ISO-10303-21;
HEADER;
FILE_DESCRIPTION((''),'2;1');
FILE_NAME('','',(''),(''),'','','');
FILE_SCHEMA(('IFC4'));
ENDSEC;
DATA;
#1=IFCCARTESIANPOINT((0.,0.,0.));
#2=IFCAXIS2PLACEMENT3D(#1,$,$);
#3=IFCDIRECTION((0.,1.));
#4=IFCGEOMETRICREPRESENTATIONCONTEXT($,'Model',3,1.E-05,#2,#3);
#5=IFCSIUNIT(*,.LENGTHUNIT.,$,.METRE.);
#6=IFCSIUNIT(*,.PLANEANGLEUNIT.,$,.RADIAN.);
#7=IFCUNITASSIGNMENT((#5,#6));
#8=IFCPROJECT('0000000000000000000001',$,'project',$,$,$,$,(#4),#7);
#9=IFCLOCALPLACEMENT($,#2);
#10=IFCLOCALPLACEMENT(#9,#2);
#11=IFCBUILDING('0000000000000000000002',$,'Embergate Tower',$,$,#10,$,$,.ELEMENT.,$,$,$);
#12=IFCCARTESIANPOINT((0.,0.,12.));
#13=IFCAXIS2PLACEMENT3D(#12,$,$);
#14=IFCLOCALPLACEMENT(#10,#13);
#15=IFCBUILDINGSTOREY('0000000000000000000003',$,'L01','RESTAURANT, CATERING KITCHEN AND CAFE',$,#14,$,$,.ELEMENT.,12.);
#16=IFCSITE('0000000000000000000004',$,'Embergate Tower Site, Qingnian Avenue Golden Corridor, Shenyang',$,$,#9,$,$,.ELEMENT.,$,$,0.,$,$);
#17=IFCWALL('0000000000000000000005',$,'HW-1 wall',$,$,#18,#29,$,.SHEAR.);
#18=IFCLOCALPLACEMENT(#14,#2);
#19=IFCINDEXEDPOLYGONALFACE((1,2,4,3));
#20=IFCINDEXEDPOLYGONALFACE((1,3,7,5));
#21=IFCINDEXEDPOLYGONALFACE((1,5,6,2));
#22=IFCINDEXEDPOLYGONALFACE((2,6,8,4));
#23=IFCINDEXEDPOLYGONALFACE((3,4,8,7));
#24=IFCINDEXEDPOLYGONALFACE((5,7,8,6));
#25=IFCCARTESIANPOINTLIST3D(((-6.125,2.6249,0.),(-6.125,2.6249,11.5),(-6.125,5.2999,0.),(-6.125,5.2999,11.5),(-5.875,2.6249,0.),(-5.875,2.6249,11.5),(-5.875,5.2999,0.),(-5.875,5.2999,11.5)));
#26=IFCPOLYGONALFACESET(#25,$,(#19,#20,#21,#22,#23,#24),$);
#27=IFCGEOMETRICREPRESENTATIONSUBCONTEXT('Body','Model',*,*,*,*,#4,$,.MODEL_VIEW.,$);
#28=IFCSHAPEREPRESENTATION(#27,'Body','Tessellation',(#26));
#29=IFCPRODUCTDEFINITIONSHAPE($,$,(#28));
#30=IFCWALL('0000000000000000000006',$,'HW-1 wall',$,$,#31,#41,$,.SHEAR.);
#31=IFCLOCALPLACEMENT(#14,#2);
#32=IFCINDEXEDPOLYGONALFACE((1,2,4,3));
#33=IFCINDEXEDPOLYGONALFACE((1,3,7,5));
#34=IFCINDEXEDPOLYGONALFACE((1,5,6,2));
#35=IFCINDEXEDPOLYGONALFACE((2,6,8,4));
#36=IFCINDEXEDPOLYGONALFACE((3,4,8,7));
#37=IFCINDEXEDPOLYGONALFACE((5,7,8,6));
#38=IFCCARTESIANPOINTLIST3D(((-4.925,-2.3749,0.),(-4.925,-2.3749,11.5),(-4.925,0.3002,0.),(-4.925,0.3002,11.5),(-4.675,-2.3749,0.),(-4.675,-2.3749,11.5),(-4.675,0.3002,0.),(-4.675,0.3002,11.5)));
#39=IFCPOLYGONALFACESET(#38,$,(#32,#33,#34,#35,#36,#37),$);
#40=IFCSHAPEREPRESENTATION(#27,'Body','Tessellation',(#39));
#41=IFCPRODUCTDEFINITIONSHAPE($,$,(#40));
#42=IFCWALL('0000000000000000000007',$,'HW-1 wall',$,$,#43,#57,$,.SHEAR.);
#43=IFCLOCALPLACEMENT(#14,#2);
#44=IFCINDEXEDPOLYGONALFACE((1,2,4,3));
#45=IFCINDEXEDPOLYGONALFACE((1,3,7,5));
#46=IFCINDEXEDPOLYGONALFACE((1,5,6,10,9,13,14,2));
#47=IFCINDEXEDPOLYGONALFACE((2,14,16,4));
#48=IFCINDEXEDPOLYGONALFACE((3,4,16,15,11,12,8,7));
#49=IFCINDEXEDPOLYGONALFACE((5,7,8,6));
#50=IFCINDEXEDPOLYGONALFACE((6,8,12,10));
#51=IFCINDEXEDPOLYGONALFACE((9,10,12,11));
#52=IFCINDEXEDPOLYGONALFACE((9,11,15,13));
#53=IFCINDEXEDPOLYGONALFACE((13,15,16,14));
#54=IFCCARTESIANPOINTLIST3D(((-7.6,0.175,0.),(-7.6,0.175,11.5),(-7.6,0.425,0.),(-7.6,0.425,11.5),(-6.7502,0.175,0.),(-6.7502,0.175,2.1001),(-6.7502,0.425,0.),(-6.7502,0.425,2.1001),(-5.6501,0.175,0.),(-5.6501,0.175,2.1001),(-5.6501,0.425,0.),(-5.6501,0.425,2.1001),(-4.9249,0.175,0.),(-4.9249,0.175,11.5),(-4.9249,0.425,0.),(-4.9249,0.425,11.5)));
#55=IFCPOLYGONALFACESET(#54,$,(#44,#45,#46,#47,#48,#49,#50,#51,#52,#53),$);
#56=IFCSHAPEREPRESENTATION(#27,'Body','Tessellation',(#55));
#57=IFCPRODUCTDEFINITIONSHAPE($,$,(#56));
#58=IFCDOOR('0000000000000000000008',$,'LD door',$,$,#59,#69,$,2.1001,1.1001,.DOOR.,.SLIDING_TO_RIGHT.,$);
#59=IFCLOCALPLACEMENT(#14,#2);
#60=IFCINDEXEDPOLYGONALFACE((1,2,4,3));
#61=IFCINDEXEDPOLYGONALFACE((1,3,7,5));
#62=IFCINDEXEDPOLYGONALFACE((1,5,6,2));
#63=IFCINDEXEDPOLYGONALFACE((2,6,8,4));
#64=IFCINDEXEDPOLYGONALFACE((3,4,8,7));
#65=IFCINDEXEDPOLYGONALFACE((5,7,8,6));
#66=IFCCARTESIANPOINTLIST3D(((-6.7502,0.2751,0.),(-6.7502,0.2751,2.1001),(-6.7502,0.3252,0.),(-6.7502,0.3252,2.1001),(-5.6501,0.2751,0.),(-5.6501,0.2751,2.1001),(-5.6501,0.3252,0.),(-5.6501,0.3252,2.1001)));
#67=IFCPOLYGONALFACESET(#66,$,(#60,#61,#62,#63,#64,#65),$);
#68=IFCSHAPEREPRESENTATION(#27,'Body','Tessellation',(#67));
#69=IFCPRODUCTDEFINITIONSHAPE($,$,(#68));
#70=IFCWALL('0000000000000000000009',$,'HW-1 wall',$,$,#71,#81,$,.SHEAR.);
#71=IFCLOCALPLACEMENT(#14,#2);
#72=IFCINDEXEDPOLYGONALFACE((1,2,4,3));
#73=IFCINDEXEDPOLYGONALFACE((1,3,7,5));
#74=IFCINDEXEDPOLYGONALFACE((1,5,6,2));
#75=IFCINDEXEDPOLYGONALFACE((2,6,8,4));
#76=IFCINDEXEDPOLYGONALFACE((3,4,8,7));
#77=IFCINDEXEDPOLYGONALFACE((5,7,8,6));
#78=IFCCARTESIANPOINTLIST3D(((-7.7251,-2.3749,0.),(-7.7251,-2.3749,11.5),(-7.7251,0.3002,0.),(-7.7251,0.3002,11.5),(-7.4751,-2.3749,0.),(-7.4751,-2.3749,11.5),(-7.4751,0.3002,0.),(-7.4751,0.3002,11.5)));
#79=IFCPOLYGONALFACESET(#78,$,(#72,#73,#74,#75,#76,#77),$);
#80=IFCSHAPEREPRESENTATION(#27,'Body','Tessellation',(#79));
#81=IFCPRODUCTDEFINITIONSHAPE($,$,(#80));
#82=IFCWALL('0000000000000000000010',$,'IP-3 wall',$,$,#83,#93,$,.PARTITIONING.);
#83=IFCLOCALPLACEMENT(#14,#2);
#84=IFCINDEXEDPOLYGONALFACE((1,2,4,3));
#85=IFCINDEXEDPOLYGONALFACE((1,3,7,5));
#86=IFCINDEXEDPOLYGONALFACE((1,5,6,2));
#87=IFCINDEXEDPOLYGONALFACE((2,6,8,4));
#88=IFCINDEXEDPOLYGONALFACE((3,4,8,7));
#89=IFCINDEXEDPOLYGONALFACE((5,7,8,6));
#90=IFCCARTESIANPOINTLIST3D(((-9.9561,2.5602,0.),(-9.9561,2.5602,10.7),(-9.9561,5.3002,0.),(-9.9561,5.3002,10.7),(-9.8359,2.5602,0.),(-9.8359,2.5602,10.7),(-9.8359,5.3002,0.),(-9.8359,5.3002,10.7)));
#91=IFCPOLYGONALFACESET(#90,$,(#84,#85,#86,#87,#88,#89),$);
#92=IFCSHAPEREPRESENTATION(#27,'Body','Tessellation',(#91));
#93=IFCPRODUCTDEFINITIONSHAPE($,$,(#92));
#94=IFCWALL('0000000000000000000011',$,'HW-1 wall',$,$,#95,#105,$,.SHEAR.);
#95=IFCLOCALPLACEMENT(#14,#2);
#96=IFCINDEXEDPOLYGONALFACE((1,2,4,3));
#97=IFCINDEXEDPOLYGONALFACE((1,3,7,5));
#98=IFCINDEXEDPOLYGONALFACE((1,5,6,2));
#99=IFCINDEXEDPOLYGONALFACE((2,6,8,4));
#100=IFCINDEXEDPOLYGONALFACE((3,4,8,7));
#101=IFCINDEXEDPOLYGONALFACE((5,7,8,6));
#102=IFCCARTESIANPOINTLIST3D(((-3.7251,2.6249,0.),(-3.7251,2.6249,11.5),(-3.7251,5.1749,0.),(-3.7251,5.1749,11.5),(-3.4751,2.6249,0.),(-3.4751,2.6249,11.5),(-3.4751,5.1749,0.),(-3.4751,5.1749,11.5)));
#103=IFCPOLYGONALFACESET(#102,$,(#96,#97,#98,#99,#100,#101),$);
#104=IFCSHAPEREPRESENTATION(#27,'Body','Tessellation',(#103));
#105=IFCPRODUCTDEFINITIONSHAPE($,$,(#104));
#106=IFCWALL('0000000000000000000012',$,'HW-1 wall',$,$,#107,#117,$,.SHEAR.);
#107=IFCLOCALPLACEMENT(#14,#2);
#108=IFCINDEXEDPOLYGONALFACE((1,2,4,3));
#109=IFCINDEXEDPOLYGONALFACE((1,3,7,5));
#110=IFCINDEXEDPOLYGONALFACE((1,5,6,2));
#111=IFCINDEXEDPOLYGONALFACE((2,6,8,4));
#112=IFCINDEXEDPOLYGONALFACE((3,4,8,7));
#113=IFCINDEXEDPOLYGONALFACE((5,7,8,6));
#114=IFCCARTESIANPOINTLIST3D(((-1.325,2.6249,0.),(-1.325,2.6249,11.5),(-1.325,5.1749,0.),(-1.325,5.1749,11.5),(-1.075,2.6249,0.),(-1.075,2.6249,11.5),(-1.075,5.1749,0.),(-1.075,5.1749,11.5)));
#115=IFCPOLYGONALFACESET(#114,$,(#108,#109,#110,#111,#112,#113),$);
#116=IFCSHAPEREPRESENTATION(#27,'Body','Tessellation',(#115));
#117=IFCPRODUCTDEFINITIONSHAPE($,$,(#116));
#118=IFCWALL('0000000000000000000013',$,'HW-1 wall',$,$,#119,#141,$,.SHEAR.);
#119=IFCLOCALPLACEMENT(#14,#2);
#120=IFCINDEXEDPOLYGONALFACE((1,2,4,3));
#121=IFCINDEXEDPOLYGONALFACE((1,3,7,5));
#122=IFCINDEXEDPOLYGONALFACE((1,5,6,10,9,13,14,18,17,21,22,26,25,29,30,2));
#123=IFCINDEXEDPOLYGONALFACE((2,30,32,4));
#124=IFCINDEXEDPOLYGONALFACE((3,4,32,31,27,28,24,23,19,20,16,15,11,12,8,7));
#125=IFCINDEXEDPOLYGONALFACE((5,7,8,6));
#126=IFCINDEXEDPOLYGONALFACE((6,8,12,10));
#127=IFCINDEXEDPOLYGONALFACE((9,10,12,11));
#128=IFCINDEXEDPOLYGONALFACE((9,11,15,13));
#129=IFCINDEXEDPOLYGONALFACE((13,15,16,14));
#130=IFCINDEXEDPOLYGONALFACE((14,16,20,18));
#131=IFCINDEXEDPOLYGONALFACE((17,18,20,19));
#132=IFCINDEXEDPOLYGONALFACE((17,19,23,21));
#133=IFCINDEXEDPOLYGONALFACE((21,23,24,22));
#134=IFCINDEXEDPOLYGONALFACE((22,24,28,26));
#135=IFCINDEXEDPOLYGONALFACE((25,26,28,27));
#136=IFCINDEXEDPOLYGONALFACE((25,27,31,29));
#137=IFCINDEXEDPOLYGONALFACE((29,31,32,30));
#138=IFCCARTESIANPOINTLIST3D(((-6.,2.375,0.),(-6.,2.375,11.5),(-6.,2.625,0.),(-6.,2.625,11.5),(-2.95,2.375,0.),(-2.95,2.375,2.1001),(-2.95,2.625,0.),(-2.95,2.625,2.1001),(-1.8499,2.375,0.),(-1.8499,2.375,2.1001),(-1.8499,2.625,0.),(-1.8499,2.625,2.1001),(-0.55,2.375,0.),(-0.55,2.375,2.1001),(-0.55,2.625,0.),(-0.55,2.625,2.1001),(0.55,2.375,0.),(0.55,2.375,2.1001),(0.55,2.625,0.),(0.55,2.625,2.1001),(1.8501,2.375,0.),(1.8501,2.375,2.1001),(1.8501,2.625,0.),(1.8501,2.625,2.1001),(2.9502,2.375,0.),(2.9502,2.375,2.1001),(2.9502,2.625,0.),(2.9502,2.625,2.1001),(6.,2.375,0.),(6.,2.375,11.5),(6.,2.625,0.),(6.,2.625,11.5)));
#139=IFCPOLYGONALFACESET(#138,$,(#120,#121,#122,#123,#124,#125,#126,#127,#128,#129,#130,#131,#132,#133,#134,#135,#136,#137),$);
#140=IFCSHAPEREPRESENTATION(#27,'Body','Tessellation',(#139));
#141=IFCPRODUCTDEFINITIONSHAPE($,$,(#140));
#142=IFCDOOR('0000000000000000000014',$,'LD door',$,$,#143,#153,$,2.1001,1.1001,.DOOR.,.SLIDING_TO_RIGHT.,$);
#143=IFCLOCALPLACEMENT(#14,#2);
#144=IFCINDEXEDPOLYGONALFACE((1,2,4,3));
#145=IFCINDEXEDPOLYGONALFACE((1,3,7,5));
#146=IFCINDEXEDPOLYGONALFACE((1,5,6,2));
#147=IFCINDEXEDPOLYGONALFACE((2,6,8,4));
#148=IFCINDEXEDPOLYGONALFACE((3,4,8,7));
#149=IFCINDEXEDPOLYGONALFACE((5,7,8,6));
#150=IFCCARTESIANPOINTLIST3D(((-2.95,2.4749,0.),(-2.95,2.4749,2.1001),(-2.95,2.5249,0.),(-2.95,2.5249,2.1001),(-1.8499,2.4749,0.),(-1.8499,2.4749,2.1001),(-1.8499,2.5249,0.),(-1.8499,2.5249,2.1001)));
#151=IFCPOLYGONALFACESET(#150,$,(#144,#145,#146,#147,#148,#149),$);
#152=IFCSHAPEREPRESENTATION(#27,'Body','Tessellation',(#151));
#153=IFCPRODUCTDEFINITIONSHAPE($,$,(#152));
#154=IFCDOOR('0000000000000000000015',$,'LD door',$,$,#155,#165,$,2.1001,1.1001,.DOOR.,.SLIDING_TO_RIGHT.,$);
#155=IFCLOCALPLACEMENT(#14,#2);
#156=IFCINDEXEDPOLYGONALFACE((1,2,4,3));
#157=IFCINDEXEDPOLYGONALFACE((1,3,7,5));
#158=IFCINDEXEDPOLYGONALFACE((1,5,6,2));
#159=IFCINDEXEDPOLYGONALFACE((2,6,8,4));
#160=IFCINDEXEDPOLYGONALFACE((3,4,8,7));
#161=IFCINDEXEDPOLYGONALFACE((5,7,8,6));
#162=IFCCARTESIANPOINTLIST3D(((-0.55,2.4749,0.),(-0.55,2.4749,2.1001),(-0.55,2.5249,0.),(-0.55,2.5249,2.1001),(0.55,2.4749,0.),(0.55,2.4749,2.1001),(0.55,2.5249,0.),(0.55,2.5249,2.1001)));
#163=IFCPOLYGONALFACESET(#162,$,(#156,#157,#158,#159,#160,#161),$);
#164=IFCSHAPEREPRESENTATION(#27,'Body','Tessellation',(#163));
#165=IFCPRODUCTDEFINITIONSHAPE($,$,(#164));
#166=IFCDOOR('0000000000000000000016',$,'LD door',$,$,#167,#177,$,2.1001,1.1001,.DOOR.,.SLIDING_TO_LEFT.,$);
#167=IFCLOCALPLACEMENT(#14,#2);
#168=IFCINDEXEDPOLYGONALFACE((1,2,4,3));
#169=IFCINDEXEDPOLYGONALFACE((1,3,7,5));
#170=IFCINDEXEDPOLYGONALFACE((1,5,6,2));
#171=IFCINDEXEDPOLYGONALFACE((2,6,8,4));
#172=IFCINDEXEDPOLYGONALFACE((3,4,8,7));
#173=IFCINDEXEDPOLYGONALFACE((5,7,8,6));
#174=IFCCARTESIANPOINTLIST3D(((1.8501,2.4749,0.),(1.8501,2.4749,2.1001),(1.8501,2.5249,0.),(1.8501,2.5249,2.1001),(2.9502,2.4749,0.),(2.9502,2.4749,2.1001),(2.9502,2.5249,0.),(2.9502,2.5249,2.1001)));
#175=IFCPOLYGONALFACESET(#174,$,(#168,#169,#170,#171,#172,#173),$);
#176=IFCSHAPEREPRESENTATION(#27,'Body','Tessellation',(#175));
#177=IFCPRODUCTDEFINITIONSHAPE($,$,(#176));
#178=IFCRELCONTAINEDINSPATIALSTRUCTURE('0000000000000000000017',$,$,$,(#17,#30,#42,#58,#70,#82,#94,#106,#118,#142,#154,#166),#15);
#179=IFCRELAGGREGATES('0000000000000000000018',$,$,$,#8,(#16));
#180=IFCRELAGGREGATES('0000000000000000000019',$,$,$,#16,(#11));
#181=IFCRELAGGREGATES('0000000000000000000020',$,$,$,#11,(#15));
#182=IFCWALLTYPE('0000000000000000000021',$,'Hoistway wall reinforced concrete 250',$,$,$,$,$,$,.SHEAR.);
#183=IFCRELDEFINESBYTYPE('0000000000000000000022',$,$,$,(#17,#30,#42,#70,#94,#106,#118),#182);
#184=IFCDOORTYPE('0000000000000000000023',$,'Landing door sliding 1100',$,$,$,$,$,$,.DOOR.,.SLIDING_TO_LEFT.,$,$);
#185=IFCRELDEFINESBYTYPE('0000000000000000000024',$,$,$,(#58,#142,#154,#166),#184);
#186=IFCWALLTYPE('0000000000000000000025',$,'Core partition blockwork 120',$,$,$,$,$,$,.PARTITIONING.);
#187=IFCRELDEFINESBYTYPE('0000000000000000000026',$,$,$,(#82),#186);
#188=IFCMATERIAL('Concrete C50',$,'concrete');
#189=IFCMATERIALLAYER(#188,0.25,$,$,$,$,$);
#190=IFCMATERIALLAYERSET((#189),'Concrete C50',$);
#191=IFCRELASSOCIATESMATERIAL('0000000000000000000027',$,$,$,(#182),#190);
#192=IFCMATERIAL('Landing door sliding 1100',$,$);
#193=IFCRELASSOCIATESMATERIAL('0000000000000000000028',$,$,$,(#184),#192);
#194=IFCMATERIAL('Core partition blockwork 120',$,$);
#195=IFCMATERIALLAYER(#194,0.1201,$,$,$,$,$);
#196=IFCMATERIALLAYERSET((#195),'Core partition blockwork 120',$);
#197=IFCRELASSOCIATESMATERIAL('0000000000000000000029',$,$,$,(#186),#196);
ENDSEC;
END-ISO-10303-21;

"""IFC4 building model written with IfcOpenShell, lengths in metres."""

from ifc_helpers import new_model, si_unit, direction, frame, frame_2d, origin, place, context, subcontext, project, spatial, rectangle, extrude, source, transform, mapped, material, layer, layer_set, type_object, element, fill, save


model = new_model("IFC4")

# Units and contexts
model_context = context("Model", 3, precision=1e-05, world=origin(), true_north=direction((0.0, 1.0)))
body_context = subcontext(model_context, "Body", "Model", "MODEL_VIEW")
ifc_project = project(units=[si_unit("LENGTHUNIT", "METRE"), si_unit("PLANEANGLEUNIT", "RADIAN")], contexts=[model_context])

# Site, building, storey
site_placement = place(None, origin())
site = spatial("IfcSite", under=ifc_project, at=site_placement, Name="Embergate Tower Site, Qingnian Avenue Golden Corridor, Shenyang", CompositionType="ELEMENT", RefElevation=0.0)
building_placement = place(site_placement, origin())
building = spatial("IfcBuilding", under=site, at=building_placement, Name="Embergate Tower", CompositionType="ELEMENT")
storey_placement = place(building_placement, frame((0.0, 0.0, 12.0)))
storey = spatial("IfcBuildingStorey", under=building, at=storey_placement, Name="L01", Description="RESTAURANT, CATERING KITCHEN AND CAFE", CompositionType="ELEMENT", Elevation=12.0)

# Walls
ifc_material_1 = material(Name="Concrete C50", Category="concrete")
ifc_layer_1 = layer(ifc_material_1, 0.25)
ifc_layer_set_1 = layer_set([ifc_layer_1], Name="Concrete C50")
wall_type_1 = type_object("IfcWallType", Name="Hoistway wall reinforced concrete 250", PredefinedType="SHEAR", material=ifc_layer_set_1)
shared_shape_1 = source(origin(), body_context, "Body", "SweptSolid", [
    extrude(rectangle(XDim=2.675, YDim=0.25, at=frame_2d((1.3374, 0.0))), origin(), (0.0, 0.0, 1.0), 11.5),
])
for number, where, z_axis, x_axis, name in (
    (1, (-6.0, 2.625, 0.0), (0.0, 0.0, 1.0), (0.0, 1.0, 0.0), "HW-1 wall"),
    (2, (-4.8, 0.3, 0.0), (0.0, 0.0, 1.0), (0.0, -1.0, 0.0), "HW-1 wall"),
):
    element("IfcWall", number, at=place(storey_placement, frame(where, z_axis=z_axis, x_axis=x_axis)), inside=storey, type_object=wall_type_1, Name=name, PredefinedType="SHEAR", context=body_context, shape_type="MappedRepresentation", body=[
        mapped(shared_shape_1, transform((0.0, 0.0, 0.0))),
    ])

# Wall, opening, door
wall_1_placement = place(storey_placement, frame((-4.925, 0.3, 0.0), z_axis=(0.0, 0.0, 1.0), x_axis=(-1.0, 0.0, 0.0)))
wall_1 = element("IfcWall", 3, at=wall_1_placement, inside=storey, type_object=wall_type_1, Name="HW-1 wall", PredefinedType="SHEAR", context=body_context, shape_type="MappedRepresentation", body=[
    mapped(shared_shape_1, transform((0.0, 0.0, 0.0))),
])
shared_shape_2 = source(origin(), body_context, "Body", "SweptSolid", [
    extrude(rectangle(XDim=1.1001, YDim=2.1001, at=frame_2d((0.55, 1.05))), frame((0.0, 0.135, 0.0), z_axis=(0.0, -1.0, 0.0), x_axis=(1.0, 0.0, 0.0)), (0.0, 0.0, 1.0), 0.27),
])
opening_1_placement = place(wall_1_placement, frame((0.7251, 0.0, 0.0)))
opening_1 = element("IfcOpeningElement", 4, at=opening_1_placement, cuts=wall_1, PredefinedType="OPENING", context=body_context, shape_type="MappedRepresentation", body=[
    mapped(shared_shape_2, transform((0.0, 0.0, 0.0))),
])
ifc_material_2 = material(Name="Landing door sliding 1100")
door_type_1 = type_object("IfcDoorType", Name="Landing door sliding 1100", OperationType="SLIDING_TO_LEFT", PredefinedType="DOOR", material=ifc_material_2)
shared_shape_3 = source(origin(), body_context, "Body", "SweptSolid", [
    extrude(rectangle(XDim=1.1001, YDim=2.1001, at=frame_2d((0.55, 1.05))), frame((0.0, 0.0249, 0.0), z_axis=(0.0, -1.0, 0.0), x_axis=(1.0, 0.0, 0.0)), (0.0, 0.0, 1.0), 0.05),
])
door_1_placement = place(opening_1_placement, origin())
door_1 = element("IfcDoor", 5, at=door_1_placement, inside=storey, type_object=door_type_1, Name="LD door", OperationType="SLIDING_TO_RIGHT", OverallHeight=2.1001, OverallWidth=1.1001, PredefinedType="DOOR", context=body_context, shape_type="MappedRepresentation", body=[
    mapped(shared_shape_3, transform((0.0, 0.0, 0.0))),
])
fill(opening_1, door_1)

# Walls
wall_2_placement = place(storey_placement, frame((-7.6001, 0.3, 0.0), z_axis=(0.0, 0.0, 1.0), x_axis=(0.0, -1.0, 0.0)))
element("IfcWall", 6, at=wall_2_placement, inside=storey, type_object=wall_type_1, Name="HW-1 wall", PredefinedType="SHEAR", context=body_context, shape_type="MappedRepresentation", body=[
    mapped(shared_shape_1, transform((0.0, 0.0, 0.0))),
])
ifc_material_3 = material(Name="Core partition blockwork 120")
ifc_layer_2 = layer(ifc_material_3, 0.1201)
ifc_layer_set_2 = layer_set([ifc_layer_2], Name="Core partition blockwork 120")
wall_type_2 = type_object("IfcWallType", Name="Core partition blockwork 120", PredefinedType="PARTITIONING", material=ifc_layer_set_2)
shared_shape_4 = source(origin(), body_context, "Body", "SweptSolid", [
    extrude(rectangle(XDim=2.74, YDim=0.1201, at=frame_2d((1.3701, 0.0))), origin(), (0.0, 0.0, 1.0), 10.7),
])
wall_3_placement = place(storey_placement, frame((-9.896, 2.5601, 0.0), z_axis=(0.0, 0.0, 1.0), x_axis=(0.0, 1.0, 0.0)))
element("IfcWall", 7, at=wall_3_placement, inside=storey, type_object=wall_type_2, Name="IP-3 wall", PredefinedType="PARTITIONING", context=body_context, shape_type="MappedRepresentation", body=[
    mapped(shared_shape_4, transform((0.0, 0.0, 0.0))),
])
shared_shape_5 = source(origin(), body_context, "Body", "SweptSolid", [
    extrude(rectangle(XDim=2.55, YDim=0.25, at=frame_2d((1.2749, 0.0))), origin(), (0.0, 0.0, 1.0), 11.5),
])
for number, where, z_axis, x_axis, name in (
    (8, (-3.6001, 2.625, 0.0), (0.0, 0.0, 1.0), (0.0, 1.0, 0.0), "HW-1 wall"),
    (9, (-1.2, 2.625, 0.0), (0.0, 0.0, 1.0), (0.0, 1.0, 0.0), "HW-1 wall"),
):
    element("IfcWall", number, at=place(storey_placement, frame(where, z_axis=z_axis, x_axis=x_axis)), inside=storey, type_object=wall_type_1, Name=name, PredefinedType="SHEAR", context=body_context, shape_type="MappedRepresentation", body=[
        mapped(shared_shape_5, transform((0.0, 0.0, 0.0))),
    ])

# Wall, openings, doors
shared_shape_6 = source(origin(), body_context, "Body", "SweptSolid", [
    extrude(rectangle(XDim=12.0, YDim=0.25, at=frame_2d((6.0, 0.0))), origin(), (0.0, 0.0, 1.0), 11.5),
])
wall_4_placement = place(storey_placement, frame((-6.0, 2.5, 0.0), z_axis=(0.0, 0.0, 1.0), x_axis=(1.0, 0.0, 0.0)))
wall_4 = element("IfcWall", 10, at=wall_4_placement, inside=storey, type_object=wall_type_1, Name="HW-1 wall", PredefinedType="SHEAR", context=body_context, shape_type="MappedRepresentation", body=[
    mapped(shared_shape_6, transform((0.0, 0.0, 0.0))),
])
opening_2_placement = place(wall_4_placement, frame((3.05, 0.0, 0.0)))
opening_2 = element("IfcOpeningElement", 11, at=opening_2_placement, cuts=wall_4, PredefinedType="OPENING", context=body_context, shape_type="MappedRepresentation", body=[
    mapped(shared_shape_2, transform((0.0, 0.0, 0.0))),
])
opening_3_placement = place(wall_4_placement, frame((5.45, 0.0, 0.0)))
opening_3 = element("IfcOpeningElement", 12, at=opening_3_placement, cuts=wall_4, PredefinedType="OPENING", context=body_context, shape_type="MappedRepresentation", body=[
    mapped(shared_shape_2, transform((0.0, 0.0, 0.0))),
])
opening_4_placement = place(wall_4_placement, frame((7.8501, 0.0, 0.0)))
opening_4 = element("IfcOpeningElement", 13, at=opening_4_placement, cuts=wall_4, PredefinedType="OPENING", context=body_context, shape_type="MappedRepresentation", body=[
    mapped(shared_shape_2, transform((0.0, 0.0, 0.0))),
])
door_2_placement = place(opening_2_placement, origin())
door_2 = element("IfcDoor", 14, at=door_2_placement, inside=storey, type_object=door_type_1, Name="LD door", OperationType="SLIDING_TO_RIGHT", OverallHeight=2.1001, OverallWidth=1.1001, PredefinedType="DOOR", context=body_context, shape_type="MappedRepresentation", body=[
    mapped(shared_shape_3, transform((0.0, 0.0, 0.0))),
])
fill(opening_2, door_2)
door_3_placement = place(opening_3_placement, origin())
door_3 = element("IfcDoor", 15, at=door_3_placement, inside=storey, type_object=door_type_1, Name="LD door", OperationType="SLIDING_TO_RIGHT", OverallHeight=2.1001, OverallWidth=1.1001, PredefinedType="DOOR", context=body_context, shape_type="MappedRepresentation", body=[
    mapped(shared_shape_3, transform((0.0, 0.0, 0.0))),
])
fill(opening_3, door_3)
door_4_placement = place(opening_4_placement, origin())
door_4 = element("IfcDoor", 16, at=door_4_placement, inside=storey, type_object=door_type_1, Name="LD door", OperationType="SLIDING_TO_LEFT", OverallHeight=2.1001, OverallWidth=1.1001, PredefinedType="DOOR", context=body_context, shape_type="MappedRepresentation", body=[
    mapped(shared_shape_3, transform((0.0, 0.0, 0.0))),
])
fill(opening_4, door_4)

save(model, "model.ifc")
